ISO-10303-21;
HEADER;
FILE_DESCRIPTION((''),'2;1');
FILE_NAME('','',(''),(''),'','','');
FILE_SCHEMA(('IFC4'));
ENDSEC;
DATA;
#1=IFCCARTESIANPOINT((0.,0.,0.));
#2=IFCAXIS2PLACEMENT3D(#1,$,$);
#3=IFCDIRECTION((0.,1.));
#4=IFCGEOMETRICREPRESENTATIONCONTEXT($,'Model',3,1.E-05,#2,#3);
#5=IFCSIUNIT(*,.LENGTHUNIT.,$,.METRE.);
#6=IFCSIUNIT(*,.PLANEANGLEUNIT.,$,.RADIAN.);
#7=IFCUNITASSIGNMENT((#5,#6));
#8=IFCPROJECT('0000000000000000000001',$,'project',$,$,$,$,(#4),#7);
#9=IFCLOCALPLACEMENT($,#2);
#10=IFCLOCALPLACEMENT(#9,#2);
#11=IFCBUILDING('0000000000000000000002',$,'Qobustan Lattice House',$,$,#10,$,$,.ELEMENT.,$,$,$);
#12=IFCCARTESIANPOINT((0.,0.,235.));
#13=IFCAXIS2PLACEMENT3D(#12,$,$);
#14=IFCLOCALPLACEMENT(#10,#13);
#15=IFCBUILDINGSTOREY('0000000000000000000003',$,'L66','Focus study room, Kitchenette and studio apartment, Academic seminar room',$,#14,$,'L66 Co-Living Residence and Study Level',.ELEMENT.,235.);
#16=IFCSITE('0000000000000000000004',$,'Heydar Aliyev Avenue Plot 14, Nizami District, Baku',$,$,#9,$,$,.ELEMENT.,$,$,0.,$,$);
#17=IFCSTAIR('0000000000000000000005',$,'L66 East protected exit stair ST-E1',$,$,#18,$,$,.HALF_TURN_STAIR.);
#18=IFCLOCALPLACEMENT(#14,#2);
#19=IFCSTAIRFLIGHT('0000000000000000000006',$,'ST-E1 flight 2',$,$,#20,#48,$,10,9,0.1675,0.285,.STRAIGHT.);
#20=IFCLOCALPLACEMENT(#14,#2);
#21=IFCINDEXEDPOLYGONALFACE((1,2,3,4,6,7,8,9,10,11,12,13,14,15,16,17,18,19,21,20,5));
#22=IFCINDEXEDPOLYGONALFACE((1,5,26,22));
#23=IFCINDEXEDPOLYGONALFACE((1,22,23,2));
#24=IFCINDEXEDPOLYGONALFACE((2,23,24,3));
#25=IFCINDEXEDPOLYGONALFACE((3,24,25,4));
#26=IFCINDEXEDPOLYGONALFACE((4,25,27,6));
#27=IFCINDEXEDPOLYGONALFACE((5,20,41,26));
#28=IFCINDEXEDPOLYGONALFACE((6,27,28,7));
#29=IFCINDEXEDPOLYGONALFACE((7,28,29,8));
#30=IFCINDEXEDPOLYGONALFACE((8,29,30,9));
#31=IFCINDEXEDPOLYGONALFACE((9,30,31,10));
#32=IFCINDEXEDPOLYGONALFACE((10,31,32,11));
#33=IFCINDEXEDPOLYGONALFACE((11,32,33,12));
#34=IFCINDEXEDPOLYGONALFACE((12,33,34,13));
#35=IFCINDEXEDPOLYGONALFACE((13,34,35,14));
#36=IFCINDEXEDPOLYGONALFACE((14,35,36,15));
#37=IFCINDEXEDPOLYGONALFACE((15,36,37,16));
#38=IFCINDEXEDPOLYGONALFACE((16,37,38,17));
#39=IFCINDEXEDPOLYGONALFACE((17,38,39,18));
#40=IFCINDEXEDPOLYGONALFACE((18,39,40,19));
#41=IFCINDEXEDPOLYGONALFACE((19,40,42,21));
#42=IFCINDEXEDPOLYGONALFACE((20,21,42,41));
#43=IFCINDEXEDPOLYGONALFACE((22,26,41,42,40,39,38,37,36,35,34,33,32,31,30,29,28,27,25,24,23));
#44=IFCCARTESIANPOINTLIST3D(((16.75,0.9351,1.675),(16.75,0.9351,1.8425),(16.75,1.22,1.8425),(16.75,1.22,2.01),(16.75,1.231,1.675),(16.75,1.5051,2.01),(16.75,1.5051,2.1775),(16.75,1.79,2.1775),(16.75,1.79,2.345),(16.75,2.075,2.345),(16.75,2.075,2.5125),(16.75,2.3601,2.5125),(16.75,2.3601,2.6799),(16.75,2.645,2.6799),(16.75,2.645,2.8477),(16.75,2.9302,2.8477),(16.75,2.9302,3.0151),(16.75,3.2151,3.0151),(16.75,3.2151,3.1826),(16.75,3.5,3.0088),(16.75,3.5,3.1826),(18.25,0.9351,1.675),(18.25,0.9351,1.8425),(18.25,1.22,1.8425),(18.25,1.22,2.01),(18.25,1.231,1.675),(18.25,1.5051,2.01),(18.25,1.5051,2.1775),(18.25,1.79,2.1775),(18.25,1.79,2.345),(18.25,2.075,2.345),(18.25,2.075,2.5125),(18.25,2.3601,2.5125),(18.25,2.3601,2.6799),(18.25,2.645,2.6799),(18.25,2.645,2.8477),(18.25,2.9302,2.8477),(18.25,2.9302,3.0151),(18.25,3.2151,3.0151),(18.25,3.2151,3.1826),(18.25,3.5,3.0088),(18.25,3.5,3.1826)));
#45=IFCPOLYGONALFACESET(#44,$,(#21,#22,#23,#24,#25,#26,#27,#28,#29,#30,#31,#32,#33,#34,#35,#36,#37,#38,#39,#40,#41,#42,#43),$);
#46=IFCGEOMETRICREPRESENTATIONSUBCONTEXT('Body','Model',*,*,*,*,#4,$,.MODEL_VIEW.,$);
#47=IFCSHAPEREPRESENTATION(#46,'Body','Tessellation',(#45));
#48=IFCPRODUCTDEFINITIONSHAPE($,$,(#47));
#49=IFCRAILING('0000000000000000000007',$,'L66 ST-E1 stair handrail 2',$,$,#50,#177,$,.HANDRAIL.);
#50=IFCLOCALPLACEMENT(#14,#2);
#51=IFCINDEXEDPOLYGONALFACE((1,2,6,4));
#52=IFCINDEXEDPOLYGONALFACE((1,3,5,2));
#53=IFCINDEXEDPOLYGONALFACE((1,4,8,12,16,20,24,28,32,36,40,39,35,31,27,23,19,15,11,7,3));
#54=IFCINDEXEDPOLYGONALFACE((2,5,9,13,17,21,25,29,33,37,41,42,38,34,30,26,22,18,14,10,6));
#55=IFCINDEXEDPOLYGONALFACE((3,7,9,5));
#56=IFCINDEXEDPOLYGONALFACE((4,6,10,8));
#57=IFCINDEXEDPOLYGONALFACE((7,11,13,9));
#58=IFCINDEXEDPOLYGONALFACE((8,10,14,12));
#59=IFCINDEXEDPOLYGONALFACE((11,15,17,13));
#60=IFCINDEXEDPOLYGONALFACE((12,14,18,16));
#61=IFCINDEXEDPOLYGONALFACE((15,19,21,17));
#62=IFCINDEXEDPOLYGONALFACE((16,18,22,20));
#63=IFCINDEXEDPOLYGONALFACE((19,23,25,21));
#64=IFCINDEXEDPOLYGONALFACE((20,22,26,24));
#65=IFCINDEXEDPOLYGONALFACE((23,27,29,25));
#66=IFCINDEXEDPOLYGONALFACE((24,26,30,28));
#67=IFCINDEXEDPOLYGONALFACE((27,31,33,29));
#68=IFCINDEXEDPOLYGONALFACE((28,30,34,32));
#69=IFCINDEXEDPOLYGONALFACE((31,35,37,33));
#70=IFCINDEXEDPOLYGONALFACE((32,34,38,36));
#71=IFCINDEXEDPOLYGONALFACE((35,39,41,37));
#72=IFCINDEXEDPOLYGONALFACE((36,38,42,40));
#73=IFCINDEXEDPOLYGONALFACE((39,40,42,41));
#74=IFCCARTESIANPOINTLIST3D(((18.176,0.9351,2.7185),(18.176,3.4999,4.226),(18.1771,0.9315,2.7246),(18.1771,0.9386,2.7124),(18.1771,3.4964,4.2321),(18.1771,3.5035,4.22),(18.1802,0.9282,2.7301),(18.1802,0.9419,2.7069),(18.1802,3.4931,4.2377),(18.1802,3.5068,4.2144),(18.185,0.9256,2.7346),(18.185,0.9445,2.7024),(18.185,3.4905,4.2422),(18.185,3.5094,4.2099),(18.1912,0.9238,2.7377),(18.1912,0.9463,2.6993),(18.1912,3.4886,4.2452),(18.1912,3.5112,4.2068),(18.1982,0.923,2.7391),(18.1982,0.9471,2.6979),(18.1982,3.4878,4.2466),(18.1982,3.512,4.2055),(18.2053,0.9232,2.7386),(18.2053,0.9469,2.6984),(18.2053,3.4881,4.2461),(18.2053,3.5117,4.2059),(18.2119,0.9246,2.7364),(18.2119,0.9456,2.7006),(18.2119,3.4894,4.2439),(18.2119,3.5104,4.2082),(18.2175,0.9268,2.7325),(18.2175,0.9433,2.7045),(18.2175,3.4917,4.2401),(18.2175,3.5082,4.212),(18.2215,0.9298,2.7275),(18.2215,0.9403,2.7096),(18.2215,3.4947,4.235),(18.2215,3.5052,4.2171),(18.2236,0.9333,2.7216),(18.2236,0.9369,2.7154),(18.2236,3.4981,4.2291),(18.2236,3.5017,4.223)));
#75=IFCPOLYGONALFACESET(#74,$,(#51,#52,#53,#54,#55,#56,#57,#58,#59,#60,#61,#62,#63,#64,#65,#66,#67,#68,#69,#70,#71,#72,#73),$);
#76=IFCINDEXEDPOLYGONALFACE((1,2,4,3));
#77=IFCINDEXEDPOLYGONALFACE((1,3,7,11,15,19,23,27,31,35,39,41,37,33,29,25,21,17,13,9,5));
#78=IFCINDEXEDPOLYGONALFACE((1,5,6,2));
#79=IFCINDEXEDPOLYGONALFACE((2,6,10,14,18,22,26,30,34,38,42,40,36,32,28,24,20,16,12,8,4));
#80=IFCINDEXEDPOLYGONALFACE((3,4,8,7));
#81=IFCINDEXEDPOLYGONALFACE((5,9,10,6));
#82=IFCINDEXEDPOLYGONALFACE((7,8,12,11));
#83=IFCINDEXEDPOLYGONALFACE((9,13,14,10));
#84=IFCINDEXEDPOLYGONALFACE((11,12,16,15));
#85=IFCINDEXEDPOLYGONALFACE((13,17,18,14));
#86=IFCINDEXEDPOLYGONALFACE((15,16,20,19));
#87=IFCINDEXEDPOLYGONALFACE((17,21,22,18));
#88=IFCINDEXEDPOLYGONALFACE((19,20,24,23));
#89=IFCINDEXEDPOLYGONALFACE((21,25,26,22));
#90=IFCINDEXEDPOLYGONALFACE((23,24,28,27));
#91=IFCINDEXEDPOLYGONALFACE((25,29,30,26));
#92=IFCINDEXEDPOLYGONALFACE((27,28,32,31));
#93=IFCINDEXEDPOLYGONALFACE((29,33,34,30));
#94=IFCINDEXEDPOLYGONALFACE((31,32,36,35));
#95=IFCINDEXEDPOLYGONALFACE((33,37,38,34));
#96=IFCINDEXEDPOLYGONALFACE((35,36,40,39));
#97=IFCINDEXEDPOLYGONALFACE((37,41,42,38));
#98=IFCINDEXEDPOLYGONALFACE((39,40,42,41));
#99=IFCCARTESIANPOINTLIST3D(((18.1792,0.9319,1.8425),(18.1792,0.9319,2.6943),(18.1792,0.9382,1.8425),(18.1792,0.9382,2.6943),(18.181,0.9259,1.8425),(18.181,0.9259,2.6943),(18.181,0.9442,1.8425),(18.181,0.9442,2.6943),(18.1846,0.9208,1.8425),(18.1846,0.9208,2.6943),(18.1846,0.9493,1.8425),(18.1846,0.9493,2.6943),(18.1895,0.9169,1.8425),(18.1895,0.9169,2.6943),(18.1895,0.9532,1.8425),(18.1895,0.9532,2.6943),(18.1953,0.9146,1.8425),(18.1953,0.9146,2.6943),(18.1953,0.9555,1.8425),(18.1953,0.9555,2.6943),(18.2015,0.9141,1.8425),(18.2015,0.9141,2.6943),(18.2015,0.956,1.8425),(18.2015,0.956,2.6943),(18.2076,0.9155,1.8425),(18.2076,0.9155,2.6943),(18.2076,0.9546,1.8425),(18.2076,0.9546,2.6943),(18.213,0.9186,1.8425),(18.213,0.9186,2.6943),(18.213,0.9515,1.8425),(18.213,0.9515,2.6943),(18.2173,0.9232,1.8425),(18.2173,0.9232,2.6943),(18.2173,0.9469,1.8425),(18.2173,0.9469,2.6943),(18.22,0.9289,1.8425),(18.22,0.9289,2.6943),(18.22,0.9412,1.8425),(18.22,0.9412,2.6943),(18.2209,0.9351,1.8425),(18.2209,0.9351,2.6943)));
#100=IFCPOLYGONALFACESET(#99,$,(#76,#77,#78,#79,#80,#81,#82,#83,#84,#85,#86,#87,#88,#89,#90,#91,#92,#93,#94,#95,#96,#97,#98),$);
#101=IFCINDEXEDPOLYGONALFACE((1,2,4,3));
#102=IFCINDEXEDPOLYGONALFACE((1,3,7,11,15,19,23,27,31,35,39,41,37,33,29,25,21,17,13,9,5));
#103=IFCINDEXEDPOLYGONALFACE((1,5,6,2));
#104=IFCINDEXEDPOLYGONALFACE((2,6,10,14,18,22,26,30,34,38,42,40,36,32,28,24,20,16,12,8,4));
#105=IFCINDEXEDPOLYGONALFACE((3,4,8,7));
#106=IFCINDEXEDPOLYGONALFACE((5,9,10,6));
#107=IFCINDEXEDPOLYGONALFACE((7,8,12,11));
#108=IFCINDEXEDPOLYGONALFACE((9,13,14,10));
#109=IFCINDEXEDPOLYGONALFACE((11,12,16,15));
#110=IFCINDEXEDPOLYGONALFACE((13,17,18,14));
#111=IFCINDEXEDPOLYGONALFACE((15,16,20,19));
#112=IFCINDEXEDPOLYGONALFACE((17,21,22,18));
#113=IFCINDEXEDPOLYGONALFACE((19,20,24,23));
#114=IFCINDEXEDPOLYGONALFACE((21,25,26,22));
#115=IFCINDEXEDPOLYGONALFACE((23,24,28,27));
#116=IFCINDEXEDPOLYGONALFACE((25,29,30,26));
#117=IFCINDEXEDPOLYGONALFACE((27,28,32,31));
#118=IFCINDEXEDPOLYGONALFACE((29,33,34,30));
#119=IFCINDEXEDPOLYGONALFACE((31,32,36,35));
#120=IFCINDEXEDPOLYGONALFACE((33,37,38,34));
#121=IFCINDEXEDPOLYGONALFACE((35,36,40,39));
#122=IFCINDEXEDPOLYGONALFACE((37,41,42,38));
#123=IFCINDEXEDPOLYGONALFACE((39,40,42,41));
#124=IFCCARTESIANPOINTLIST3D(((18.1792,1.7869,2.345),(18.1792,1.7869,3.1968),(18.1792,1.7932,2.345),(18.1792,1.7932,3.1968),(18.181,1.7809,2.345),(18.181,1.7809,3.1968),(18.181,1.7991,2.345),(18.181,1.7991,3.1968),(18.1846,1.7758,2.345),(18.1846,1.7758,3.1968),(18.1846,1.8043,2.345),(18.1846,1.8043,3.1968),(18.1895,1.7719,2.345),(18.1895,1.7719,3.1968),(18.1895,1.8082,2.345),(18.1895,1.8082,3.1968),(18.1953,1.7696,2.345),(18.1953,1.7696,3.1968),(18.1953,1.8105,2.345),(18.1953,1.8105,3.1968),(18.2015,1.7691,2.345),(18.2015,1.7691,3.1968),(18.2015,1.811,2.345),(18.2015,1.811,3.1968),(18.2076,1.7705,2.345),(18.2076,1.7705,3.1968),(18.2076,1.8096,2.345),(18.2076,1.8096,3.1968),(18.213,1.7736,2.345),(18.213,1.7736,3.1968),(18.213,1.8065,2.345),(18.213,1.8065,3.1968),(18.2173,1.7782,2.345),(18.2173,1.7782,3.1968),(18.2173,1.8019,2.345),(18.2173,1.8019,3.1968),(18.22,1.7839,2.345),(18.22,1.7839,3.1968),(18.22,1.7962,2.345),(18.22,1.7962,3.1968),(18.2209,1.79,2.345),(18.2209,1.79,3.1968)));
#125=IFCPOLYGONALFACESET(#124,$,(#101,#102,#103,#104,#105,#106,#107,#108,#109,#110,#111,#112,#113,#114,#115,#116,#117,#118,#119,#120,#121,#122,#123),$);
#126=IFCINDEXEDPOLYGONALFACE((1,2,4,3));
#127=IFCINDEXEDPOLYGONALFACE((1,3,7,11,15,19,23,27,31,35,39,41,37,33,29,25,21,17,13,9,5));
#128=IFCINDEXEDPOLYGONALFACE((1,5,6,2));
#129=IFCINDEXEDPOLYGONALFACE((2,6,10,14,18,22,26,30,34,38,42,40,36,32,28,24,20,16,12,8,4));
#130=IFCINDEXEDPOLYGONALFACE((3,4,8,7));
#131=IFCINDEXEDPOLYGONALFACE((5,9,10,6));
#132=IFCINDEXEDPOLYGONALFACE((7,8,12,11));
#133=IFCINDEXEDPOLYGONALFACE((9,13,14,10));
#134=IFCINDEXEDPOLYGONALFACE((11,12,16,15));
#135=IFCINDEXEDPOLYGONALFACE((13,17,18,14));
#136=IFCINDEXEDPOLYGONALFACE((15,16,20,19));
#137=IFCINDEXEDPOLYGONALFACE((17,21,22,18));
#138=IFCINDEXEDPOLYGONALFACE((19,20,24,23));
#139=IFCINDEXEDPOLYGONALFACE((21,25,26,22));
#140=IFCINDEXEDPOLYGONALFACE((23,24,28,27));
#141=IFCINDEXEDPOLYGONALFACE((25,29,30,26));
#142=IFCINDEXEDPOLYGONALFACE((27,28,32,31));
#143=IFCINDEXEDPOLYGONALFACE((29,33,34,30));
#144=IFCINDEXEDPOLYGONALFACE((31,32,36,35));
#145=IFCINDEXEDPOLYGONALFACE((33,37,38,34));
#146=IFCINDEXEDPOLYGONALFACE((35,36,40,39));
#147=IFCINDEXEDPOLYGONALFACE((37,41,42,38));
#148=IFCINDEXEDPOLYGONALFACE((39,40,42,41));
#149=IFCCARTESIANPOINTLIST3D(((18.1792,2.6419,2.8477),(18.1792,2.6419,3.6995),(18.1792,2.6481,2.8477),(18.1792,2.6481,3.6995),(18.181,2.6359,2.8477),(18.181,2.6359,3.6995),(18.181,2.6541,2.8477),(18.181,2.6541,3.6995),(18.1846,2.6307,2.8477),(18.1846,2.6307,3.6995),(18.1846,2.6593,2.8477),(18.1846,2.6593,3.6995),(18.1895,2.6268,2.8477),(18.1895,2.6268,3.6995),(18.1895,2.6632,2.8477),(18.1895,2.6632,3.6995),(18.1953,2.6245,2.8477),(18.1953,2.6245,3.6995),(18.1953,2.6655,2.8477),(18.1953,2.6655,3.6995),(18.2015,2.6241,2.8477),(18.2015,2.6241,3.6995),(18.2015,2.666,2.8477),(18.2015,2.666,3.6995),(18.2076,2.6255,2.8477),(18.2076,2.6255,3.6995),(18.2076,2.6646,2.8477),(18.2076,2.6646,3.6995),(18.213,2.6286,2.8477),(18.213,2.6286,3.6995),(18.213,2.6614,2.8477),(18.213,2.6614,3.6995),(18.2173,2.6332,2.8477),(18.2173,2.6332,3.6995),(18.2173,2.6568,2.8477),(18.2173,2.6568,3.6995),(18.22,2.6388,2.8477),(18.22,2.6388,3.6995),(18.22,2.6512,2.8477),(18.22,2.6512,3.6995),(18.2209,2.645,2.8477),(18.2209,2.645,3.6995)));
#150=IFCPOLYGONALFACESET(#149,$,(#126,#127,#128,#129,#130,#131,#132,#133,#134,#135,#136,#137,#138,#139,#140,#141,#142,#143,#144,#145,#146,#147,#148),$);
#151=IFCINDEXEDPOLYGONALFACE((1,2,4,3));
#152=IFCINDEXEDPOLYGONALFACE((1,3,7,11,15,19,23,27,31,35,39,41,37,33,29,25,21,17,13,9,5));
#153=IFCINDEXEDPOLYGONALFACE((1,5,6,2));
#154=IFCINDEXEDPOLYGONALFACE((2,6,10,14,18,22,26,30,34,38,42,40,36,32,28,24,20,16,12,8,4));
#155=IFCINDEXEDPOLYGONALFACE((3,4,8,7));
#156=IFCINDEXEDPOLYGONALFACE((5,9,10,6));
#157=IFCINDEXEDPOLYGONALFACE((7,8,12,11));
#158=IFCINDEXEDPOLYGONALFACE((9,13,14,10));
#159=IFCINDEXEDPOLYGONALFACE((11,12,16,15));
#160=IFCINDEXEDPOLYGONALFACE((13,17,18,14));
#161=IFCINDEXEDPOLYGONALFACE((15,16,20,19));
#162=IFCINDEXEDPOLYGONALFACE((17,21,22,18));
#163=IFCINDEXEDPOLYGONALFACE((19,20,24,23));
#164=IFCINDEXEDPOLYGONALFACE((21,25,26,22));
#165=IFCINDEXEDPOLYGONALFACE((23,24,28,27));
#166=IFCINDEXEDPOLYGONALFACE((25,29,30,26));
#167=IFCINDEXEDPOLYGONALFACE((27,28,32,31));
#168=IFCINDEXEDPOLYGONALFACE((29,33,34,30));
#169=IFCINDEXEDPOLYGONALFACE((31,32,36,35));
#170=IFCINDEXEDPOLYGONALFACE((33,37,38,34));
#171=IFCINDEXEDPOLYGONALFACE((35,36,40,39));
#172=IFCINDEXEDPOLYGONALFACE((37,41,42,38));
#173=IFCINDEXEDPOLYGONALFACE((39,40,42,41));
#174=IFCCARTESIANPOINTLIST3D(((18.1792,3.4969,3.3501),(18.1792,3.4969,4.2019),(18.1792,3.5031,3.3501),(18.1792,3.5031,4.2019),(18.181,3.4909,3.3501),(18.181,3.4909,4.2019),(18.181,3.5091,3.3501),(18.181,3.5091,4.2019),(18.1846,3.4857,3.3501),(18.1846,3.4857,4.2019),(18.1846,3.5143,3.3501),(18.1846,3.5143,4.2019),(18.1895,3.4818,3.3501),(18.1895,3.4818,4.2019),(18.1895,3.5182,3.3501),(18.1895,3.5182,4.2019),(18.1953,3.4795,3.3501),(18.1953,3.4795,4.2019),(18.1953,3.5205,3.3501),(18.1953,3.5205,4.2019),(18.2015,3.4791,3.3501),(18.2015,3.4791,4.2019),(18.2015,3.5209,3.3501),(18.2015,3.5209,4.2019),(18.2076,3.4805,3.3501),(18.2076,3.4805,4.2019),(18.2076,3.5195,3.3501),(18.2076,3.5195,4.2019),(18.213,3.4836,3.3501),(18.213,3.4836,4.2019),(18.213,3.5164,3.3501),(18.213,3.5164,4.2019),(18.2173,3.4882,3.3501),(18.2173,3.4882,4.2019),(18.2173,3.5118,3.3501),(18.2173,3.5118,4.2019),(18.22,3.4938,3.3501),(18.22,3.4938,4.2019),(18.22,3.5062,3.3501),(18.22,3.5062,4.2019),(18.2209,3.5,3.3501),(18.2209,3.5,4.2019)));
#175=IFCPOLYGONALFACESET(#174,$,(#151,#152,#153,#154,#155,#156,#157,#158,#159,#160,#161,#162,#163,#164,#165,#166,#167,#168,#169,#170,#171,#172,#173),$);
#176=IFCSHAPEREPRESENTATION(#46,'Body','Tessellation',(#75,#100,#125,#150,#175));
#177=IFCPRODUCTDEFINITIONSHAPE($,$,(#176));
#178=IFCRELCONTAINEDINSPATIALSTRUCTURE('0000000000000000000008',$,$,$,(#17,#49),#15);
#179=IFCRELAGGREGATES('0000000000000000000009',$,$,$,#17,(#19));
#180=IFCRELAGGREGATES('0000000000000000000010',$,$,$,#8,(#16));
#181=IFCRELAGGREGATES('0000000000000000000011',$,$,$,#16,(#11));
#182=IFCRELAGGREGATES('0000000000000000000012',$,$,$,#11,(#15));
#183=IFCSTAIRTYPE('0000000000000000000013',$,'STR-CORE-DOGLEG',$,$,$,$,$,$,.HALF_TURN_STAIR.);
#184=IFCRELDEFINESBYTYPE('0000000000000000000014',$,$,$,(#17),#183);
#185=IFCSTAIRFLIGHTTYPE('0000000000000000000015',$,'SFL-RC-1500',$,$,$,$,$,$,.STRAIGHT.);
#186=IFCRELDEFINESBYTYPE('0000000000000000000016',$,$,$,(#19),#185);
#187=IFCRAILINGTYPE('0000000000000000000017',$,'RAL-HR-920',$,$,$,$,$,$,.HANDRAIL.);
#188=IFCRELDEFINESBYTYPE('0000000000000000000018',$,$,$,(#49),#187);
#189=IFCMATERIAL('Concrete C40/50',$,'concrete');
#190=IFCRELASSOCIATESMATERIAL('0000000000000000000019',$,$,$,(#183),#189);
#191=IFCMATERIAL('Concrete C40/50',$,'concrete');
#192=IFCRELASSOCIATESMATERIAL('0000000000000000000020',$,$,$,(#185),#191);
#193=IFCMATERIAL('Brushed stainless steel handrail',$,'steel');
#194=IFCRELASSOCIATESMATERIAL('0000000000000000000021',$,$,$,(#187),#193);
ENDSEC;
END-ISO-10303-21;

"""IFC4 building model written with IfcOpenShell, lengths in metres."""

from ifc_helpers import new_model, si_unit, direction, frame, origin, origin_2d, place, context, subcontext, project, spatial, polyline, circle, outline, extrude, material, type_object, element, aggregate, save


model = new_model("IFC4")

# Units and contexts
model_context = context("Model", 3, precision=1e-05, world=origin(), true_north=direction((0.0, 1.0)))
body_context = subcontext(model_context, "Body", "Model", "MODEL_VIEW")
ifc_project = project(units=[si_unit("LENGTHUNIT", "METRE"), si_unit("PLANEANGLEUNIT", "RADIAN")], contexts=[model_context])

# Site, building, storey
site_placement = place(None, origin())
site = spatial("IfcSite", under=ifc_project, at=site_placement, Name="Heydar Aliyev Avenue Plot 14, Nizami District, Baku", CompositionType="ELEMENT", RefElevation=0.0)
building_placement = place(site_placement, origin())
building = spatial("IfcBuilding", under=site, at=building_placement, Name="Qobustan Lattice House", CompositionType="ELEMENT")
storey_placement = place(building_placement, frame((0.0, 0.0, 235.0)))
storey = spatial("IfcBuildingStorey", under=building, at=storey_placement, Name="L66", Description="Focus study room, Kitchenette and studio apartment, Academic seminar room", LongName="L66 Co-Living Residence and Study Level", CompositionType="ELEMENT", Elevation=235.0)

# Stair, stair flight
ifc_material_1 = material(Name="Concrete C40/50", Category="concrete")
stair_type = type_object("IfcStairType", Name="STR-CORE-DOGLEG", PredefinedType="HALF_TURN_STAIR", material=ifc_material_1)
stair_placement = place(storey_placement, origin())
stair = element("IfcStair", 1, at=stair_placement, inside=storey, type_object=stair_type, Name="L66 East protected exit stair ST-E1", PredefinedType="HALF_TURN_STAIR")
ifc_material_2 = material(Name="Concrete C40/50", Category="concrete")
stair_flight_type = type_object("IfcStairFlightType", Name="SFL-RC-1500", PredefinedType="STRAIGHT", material=ifc_material_2)
stair_flight_placement = place(storey_placement, frame((17.5, 0.9351, 1.675), z_axis=(0.0, 0.0, 1.0), x_axis=(0.0, 1.0, 0.0)))
stair_flight = element("IfcStairFlight", 2, at=stair_flight_placement, type_object=stair_flight_type, Name="ST-E1 flight 2", NumberOfRisers=10, NumberOfTreads=9, PredefinedType="STRAIGHT", RiserHeight=0.1675, TreadLength=0.285, context=body_context, shape_type="SweptSolid", body=[
    extrude(outline(polyline([(0.0, 0.0), (0.0, 0.1675), (0.2849, 0.1675), (0.2849, 0.335), (0.5701, 0.335), (0.5701, 0.5024), (0.855, 0.5024), (0.855, 0.6699), (1.1399, 0.6699), (1.1399, 0.8374), (1.425, 0.8374), (1.425, 1.0049), (1.71, 1.0049), (1.71, 1.1726), (1.9951, 1.1726), (1.9951, 1.3401), (2.28, 1.3401), (2.28, 1.5076), (2.5649, 1.5076), (2.5649, 1.675), (2.5649, 1.3337), (0.2959, 0.0), (0.0, 0.0)])), frame((0.0, 0.75, 0.0), z_axis=(0.0, -1.0, 0.0), x_axis=(1.0, 0.0, 0.0)), (0.0, 0.0, 1.0), 1.5),
])
aggregate(stair, [stair_flight])

# Railing
ifc_material_3 = material(Name="Brushed stainless steel handrail", Category="steel")
railing_type_1 = type_object("IfcRailingType", Name="RAL-HR-920", PredefinedType="HANDRAIL", material=ifc_material_3)
railing_1_placement = place(storey_placement, frame((18.2, 0.9351, 1.8425)))
element("IfcRailing", 3, at=railing_1_placement, inside=storey, type_object=railing_type_1, Name="L66 ST-E1 stair handrail 2", PredefinedType="HANDRAIL", context=body_context, shape_type="SweptSolid", body=[
    extrude(circle(Radius=0.0239, at=origin_2d()), frame((0.0, 0.0, 0.876), z_axis=(0.0, 0.862113, 0.506715), x_axis=(-1.0, 0.0, 0.0)), (0.0, 0.0, 1.0), 2.9751),
    extrude(circle(Radius=0.021, at=origin_2d()), origin(), (0.0, 0.0, 1.0), 0.8518),
    extrude(circle(Radius=0.021, at=origin_2d()), frame((0.0, 0.855, 0.5024)), (0.0, 0.0, 1.0), 0.8518),
    extrude(circle(Radius=0.021, at=origin_2d()), frame((0.0, 1.71, 1.0051)), (0.0, 0.0, 1.0), 0.8518),
    extrude(circle(Radius=0.021, at=origin_2d()), frame((0.0, 2.5649, 1.5076)), (0.0, 0.0, 1.0), 0.8518),
])

save(model, "model.ifc")
